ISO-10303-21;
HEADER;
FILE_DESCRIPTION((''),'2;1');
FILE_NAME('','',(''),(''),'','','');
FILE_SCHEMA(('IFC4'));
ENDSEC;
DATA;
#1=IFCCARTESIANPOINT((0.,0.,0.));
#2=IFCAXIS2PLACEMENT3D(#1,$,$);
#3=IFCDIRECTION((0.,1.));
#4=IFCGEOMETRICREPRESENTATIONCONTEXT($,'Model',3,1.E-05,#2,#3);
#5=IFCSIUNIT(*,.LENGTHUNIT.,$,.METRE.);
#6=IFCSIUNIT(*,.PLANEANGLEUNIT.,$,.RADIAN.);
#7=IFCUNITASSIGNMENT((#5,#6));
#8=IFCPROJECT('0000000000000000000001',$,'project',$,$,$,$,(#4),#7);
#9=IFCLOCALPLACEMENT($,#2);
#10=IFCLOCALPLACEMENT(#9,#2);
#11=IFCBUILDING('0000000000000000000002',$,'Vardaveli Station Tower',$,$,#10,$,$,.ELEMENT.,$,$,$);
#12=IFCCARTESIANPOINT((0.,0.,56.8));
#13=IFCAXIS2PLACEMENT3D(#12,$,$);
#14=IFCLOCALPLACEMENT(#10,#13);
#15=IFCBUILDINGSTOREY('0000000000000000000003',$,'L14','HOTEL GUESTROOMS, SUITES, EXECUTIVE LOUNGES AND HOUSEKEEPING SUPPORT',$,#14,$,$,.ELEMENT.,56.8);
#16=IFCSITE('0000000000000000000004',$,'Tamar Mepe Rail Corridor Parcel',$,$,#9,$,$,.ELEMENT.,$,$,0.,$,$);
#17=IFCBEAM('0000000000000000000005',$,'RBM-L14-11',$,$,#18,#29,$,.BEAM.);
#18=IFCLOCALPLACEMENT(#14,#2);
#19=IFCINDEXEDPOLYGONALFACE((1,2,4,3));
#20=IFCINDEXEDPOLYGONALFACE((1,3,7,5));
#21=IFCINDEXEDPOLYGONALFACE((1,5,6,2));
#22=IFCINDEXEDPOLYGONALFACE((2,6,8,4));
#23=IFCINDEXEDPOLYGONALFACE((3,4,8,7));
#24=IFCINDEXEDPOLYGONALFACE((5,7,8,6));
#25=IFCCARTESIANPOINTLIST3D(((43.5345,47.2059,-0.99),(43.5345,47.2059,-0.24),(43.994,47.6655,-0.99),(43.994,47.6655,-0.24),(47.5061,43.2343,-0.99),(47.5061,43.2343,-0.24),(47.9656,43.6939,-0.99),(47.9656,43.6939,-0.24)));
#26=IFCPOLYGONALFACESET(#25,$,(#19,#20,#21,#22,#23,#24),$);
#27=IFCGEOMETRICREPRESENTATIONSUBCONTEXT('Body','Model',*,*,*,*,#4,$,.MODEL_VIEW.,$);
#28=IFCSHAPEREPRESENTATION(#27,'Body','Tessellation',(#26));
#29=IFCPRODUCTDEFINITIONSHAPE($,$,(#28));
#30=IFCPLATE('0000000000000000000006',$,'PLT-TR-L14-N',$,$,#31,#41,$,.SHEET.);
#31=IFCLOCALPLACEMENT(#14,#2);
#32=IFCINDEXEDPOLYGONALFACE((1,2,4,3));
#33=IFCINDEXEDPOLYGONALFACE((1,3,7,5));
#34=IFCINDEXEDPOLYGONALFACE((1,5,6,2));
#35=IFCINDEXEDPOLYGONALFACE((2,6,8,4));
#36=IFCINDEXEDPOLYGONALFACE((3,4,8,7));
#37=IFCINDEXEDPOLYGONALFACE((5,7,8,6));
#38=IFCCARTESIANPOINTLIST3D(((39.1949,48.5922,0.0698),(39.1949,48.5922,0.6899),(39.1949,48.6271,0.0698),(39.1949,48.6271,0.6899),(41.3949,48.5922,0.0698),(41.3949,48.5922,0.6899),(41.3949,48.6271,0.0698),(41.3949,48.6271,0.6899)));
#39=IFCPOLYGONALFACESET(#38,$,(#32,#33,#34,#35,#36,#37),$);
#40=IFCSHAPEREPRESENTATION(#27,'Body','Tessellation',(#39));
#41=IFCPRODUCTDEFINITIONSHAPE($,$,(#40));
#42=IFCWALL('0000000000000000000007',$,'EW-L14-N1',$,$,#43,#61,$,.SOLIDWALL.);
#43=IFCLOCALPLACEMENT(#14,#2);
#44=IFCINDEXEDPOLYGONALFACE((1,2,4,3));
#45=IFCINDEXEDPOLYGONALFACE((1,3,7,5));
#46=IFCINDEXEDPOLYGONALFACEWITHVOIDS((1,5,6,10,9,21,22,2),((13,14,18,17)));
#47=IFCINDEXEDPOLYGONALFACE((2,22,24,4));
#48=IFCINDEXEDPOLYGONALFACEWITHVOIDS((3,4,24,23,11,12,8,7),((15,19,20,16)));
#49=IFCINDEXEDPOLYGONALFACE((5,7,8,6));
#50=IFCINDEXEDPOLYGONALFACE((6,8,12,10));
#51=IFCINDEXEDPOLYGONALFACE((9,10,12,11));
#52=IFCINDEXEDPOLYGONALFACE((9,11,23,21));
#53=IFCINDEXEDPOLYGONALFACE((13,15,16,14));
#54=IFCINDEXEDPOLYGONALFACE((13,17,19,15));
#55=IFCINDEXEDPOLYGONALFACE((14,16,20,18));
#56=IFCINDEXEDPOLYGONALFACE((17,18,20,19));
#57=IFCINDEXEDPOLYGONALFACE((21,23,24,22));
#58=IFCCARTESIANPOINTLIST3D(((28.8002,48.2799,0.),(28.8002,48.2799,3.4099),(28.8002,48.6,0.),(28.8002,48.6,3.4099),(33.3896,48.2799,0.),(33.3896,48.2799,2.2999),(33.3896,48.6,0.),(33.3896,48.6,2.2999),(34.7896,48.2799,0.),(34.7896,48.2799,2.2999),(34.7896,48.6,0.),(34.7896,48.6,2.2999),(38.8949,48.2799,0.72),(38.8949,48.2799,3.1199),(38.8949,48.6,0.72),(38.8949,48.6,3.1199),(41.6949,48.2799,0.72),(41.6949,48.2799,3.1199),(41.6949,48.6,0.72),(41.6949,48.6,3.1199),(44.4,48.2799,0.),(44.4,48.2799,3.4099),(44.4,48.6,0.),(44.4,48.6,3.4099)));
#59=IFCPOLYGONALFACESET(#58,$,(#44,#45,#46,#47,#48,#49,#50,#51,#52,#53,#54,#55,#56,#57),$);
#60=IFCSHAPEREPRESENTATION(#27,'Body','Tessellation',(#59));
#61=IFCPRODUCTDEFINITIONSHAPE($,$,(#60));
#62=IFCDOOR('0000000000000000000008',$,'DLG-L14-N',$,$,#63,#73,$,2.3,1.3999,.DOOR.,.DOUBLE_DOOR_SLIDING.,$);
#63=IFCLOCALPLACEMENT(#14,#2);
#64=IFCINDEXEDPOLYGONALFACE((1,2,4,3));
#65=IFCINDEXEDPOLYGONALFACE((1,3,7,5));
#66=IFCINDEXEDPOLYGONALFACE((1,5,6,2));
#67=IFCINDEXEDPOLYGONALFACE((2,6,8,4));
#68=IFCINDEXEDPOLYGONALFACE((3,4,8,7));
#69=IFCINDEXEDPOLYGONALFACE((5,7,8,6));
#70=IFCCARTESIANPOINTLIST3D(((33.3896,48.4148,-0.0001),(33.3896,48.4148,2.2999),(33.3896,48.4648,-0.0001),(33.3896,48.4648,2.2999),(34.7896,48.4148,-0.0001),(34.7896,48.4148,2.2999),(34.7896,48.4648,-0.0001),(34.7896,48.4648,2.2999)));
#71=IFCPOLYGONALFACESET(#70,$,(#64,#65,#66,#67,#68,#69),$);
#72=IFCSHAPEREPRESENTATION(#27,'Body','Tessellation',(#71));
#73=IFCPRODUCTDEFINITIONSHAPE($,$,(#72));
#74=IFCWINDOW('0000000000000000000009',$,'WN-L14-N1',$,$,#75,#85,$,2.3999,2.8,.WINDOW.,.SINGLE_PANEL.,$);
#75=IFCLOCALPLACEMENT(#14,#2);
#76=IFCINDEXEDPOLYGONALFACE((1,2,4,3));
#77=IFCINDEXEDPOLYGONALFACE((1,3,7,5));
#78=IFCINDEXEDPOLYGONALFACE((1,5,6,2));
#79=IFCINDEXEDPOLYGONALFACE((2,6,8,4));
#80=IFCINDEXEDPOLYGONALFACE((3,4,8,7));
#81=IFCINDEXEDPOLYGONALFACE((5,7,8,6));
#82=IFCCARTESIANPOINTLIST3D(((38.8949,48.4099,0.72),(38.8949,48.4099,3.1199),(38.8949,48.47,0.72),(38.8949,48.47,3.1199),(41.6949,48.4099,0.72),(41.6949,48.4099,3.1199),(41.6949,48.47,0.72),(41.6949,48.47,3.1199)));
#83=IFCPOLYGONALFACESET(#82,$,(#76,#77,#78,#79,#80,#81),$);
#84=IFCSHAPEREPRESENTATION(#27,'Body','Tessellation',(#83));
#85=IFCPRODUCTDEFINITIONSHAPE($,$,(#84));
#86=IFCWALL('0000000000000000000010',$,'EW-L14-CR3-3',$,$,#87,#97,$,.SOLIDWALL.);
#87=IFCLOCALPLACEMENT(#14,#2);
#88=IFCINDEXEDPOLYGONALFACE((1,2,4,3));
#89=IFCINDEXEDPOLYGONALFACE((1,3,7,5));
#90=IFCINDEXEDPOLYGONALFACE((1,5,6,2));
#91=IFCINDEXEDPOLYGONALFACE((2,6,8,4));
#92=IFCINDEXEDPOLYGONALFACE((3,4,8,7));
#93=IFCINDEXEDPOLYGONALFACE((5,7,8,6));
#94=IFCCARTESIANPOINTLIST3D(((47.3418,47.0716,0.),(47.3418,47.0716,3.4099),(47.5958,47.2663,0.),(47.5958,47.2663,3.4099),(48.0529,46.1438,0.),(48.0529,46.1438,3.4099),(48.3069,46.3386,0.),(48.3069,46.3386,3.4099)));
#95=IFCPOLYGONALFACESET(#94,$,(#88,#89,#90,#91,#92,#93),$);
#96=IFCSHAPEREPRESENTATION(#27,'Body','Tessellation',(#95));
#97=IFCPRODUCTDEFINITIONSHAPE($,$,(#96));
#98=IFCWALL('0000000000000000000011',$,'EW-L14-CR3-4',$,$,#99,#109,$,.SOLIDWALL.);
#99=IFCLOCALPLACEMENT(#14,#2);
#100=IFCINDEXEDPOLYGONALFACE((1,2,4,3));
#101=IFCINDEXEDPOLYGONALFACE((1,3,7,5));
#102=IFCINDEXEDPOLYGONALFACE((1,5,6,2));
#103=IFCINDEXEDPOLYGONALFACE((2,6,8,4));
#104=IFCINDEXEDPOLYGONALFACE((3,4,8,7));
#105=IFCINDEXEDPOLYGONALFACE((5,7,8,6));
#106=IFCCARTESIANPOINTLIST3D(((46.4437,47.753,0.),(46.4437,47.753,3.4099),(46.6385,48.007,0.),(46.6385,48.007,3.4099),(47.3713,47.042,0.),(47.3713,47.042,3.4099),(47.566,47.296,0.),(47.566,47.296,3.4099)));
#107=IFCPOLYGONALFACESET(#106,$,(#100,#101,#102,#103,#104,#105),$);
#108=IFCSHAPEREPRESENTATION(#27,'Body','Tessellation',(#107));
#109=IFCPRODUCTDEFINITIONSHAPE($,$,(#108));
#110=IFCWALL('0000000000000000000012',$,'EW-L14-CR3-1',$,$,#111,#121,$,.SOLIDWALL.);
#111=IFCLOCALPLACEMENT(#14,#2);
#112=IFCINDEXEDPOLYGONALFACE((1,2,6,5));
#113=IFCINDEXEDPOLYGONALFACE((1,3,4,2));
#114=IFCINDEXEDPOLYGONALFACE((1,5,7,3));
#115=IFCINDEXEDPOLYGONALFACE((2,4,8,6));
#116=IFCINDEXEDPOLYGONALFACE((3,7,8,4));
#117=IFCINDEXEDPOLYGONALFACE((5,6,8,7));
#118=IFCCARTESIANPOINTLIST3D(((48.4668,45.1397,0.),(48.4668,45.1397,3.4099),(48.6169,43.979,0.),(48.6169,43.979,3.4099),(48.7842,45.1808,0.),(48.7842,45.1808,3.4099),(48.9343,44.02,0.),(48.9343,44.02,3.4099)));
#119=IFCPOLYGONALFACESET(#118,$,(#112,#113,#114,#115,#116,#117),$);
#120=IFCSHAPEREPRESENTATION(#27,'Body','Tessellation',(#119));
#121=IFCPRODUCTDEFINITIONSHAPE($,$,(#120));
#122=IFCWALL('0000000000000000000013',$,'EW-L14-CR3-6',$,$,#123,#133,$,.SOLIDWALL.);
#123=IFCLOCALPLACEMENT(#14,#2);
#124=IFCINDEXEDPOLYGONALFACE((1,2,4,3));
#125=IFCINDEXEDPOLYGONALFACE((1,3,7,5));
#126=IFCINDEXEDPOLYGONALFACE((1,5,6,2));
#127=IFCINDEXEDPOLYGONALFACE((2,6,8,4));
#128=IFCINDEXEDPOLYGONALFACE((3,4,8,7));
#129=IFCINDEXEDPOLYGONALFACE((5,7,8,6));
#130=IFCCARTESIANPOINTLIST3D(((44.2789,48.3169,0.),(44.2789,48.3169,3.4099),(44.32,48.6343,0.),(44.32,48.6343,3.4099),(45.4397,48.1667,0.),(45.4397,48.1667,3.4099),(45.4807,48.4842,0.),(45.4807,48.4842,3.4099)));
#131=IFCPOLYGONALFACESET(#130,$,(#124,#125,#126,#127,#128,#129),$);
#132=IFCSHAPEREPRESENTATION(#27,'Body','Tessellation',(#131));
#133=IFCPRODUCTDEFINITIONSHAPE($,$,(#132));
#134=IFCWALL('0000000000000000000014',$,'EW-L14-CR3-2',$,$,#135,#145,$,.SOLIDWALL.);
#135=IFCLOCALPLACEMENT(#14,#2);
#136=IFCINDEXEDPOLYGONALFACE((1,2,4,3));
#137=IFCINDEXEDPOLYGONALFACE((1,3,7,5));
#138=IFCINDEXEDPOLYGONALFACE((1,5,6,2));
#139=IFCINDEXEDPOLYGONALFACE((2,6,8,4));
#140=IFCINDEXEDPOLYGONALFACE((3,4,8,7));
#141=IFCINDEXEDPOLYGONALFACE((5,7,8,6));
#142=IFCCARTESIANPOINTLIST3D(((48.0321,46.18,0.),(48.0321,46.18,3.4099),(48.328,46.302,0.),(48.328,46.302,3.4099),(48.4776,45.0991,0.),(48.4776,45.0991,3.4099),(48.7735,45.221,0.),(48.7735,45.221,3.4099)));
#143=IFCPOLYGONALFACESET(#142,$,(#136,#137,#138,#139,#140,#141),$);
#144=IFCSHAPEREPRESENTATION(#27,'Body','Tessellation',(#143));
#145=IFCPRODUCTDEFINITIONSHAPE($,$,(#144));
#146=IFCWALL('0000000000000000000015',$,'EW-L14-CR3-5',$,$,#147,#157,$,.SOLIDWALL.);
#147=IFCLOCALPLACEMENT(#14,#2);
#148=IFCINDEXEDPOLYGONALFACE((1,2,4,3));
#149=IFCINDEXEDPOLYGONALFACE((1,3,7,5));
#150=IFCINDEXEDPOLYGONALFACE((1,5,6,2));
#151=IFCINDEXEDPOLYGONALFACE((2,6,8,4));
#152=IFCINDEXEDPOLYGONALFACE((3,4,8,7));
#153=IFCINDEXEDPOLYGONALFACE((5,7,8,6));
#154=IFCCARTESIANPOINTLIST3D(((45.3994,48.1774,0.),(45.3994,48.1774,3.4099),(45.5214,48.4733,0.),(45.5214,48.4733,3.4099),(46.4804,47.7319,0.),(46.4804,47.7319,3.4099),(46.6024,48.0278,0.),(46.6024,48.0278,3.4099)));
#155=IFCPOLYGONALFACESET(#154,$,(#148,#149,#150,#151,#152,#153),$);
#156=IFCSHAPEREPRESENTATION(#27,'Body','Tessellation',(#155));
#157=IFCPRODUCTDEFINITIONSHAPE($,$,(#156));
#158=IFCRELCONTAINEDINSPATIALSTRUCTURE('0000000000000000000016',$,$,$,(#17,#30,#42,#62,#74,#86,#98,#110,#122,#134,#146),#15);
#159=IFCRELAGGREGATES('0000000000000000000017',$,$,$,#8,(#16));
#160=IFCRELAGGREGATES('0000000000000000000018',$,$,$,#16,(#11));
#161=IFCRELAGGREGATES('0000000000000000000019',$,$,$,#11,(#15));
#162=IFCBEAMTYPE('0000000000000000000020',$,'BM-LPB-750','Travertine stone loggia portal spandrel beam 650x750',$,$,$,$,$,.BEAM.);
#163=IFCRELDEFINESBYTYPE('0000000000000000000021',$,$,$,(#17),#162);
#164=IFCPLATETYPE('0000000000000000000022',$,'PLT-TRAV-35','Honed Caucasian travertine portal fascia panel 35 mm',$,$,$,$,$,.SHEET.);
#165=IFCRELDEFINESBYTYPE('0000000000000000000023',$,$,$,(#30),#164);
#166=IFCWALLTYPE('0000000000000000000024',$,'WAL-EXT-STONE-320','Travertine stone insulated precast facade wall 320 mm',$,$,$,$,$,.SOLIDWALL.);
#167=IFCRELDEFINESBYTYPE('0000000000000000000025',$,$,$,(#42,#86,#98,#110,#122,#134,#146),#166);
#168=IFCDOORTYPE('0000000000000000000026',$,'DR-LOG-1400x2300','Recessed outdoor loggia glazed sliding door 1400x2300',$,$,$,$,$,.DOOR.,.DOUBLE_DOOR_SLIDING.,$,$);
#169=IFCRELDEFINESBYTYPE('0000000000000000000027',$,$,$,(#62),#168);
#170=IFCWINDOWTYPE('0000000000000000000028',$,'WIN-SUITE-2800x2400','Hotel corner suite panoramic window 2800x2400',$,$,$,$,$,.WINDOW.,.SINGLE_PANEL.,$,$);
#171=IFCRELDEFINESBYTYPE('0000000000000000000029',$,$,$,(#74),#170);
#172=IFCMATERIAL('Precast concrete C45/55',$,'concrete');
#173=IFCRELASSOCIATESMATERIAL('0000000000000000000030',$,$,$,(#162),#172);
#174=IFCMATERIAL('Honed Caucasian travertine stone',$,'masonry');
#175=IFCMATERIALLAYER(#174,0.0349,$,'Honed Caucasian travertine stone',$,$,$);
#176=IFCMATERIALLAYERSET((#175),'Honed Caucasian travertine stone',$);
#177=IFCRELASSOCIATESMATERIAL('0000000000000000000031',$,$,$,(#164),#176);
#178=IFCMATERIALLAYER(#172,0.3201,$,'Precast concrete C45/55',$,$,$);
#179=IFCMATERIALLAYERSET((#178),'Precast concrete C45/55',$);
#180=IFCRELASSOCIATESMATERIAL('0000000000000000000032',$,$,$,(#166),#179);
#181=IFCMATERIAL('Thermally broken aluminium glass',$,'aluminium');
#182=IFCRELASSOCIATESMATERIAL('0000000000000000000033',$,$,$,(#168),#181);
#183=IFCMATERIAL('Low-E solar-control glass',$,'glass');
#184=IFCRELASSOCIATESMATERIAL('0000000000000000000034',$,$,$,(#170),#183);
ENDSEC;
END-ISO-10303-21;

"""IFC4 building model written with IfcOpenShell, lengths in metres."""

from ifc_helpers import new_model, si_unit, direction, frame, frame_2d, origin, origin_2d, place, context, subcontext, project, spatial, rectangle, extrude, source, transform, mapped, material, layer, layer_set, material_profile, profile_set, type_object, element, fill, save


model = new_model("IFC4")

# Units and contexts
model_context = context("Model", 3, precision=1e-05, world=origin(), true_north=direction((0.0, 1.0)))
body_context = subcontext(model_context, "Body", "Model", "MODEL_VIEW")
ifc_project = project(units=[si_unit("LENGTHUNIT", "METRE"), si_unit("PLANEANGLEUNIT", "RADIAN")], contexts=[model_context])

# Site, building, storey
site_placement = place(None, origin())
site = spatial("IfcSite", under=ifc_project, at=site_placement, Name="Tamar Mepe Rail Corridor Parcel", CompositionType="ELEMENT", RefElevation=0.0)
building_placement = place(site_placement, origin())
building = spatial("IfcBuilding", under=site, at=building_placement, Name="Vardaveli Station Tower", CompositionType="ELEMENT")
storey_placement = place(building_placement, frame((0.0, 0.0, 56.8)))
storey = spatial("IfcBuildingStorey", under=building, at=storey_placement, Name="L14", Description="HOTEL GUESTROOMS, SUITES, EXECUTIVE LOUNGES AND HOUSEKEEPING SUPPORT", CompositionType="ELEMENT", Elevation=56.8)

# Beam
ifc_material_1 = material(Name="Precast concrete C45/55", Category="concrete")
ifc_material_profile_1 = material_profile(ifc_material_1, rectangle(XDim=0.6499, YDim=0.75, at=origin_2d()), Name="LPB 650x750")
ifc_profile_set_1 = profile_set([ifc_material_profile_1], Name="Precast concrete C45/55")
beam_type = type_object("IfcBeamType", Name="BM-LPB-750", Description="Travertine stone loggia portal spandrel beam 650x750", PredefinedType="BEAM", material=ifc_profile_set_1)
shared_shape_1 = source(origin(), body_context, "Body", "SweptSolid", [
    extrude(rectangle(XDim=0.6499, YDim=0.75, at=origin_2d()), origin(), (0.0, 0.0, 1.0), 5.6167),
])
beam_placement = place(storey_placement, frame((47.7358, 43.4641, -0.615), z_axis=(-0.707107, 0.707107, 0.0), x_axis=(-0.707107, -0.707107, 0.0)))
element("IfcBeam", 1, at=beam_placement, inside=storey, type_object=beam_type, Name="RBM-L14-11", PredefinedType="BEAM", context=body_context, shape_type="MappedRepresentation", body=[
    mapped(shared_shape_1, transform((0.0, 0.0, 0.0), scale=1.0)),
])

# Plate
ifc_material_2 = material(Name="Honed Caucasian travertine stone", Category="masonry")
ifc_layer_1 = layer(ifc_material_2, 0.0349, Name="Honed Caucasian travertine stone")
ifc_layer_set_1 = layer_set([ifc_layer_1], Name="Honed Caucasian travertine stone")
plate_type = type_object("IfcPlateType", Name="PLT-TRAV-35", Description="Honed Caucasian travertine portal fascia panel 35 mm", PredefinedType="SHEET", material=ifc_layer_set_1)
shared_shape_2 = source(origin(), body_context, "Body", "SweptSolid", [
    extrude(rectangle(XDim=2.2, YDim=0.0349, at=origin_2d()), origin(), (0.0, 0.0, 1.0), 0.6201),
])
plate_placement = place(storey_placement, frame((40.2949, 48.6096, 0.0698), z_axis=(0.0, 0.0, 1.0), x_axis=(1.0, 0.0, 0.0)))
element("IfcPlate", 2, at=plate_placement, inside=storey, type_object=plate_type, Name="PLT-TR-L14-N", PredefinedType="SHEET", context=body_context, shape_type="MappedRepresentation", body=[
    mapped(shared_shape_2, transform((0.0, 0.0, 0.0), scale=1.0)),
])

# Wall, openings, door, window
ifc_layer_2 = layer(ifc_material_1, 0.3201, Name="Precast concrete C45/55")
ifc_layer_set_2 = layer_set([ifc_layer_2], Name="Precast concrete C45/55")
wall_type_1 = type_object("IfcWallType", Name="WAL-EXT-STONE-320", Description="Travertine stone insulated precast facade wall 320 mm", PredefinedType="SOLIDWALL", material=ifc_layer_set_2)
shared_shape_3 = source(origin(), body_context, "Body", "SweptSolid", [
    extrude(rectangle(XDim=15.5999, YDim=0.3201, at=frame_2d((7.7998, 0.0))), origin(), (0.0, 0.0, 1.0), 3.4099),
])
wall_1_placement = place(storey_placement, frame((44.3999, 48.4399, 0.0), z_axis=(0.0, 0.0, 1.0), x_axis=(-1.0, 0.0, 0.0)))
wall_1 = element("IfcWall", 3, at=wall_1_placement, inside=storey, type_object=wall_type_1, Name="EW-L14-N1", PredefinedType="SOLIDWALL", context=body_context, shape_type="MappedRepresentation", body=[
    mapped(shared_shape_3, transform((0.0, 0.0, 0.0), scale=1.0)),
])
shared_shape_4 = source(origin(), body_context, "Body", "SweptSolid", [
    extrude(rectangle(XDim=1.3999, YDim=2.3, at=frame_2d((0.7, 1.1499))), frame((0.0, 0.1699, 0.0), z_axis=(0.0, -1.0, 0.0), x_axis=(1.0, 0.0, 0.0)), (0.0, 0.0, 1.0), 0.3401),
])
opening_1_placement = place(wall_1_placement, frame((9.6104, 0.0, 0.0)))
opening_1 = element("IfcOpeningElement", 4, at=opening_1_placement, cuts=wall_1, PredefinedType="OPENING", context=body_context, shape_type="MappedRepresentation", body=[
    mapped(shared_shape_4, transform((0.0, 0.0, 0.0), scale=1.0)),
])
shared_shape_5 = source(origin(), body_context, "Body", "SweptSolid", [
    extrude(rectangle(XDim=2.8, YDim=2.3999, at=frame_2d((1.3999, 1.2))), frame((0.0, 0.1699, 0.0), z_axis=(0.0, -1.0, 0.0), x_axis=(1.0, 0.0, 0.0)), (0.0, 0.0, 1.0), 0.3401),
])
opening_2_placement = place(wall_1_placement, frame((2.7051, 0.0, 0.72)))
opening_2 = element("IfcOpeningElement", 5, at=opening_2_placement, cuts=wall_1, PredefinedType="OPENING", context=body_context, shape_type="MappedRepresentation", body=[
    mapped(shared_shape_5, transform((0.0, 0.0, 0.0), scale=1.0)),
])
ifc_material_3 = material(Name="Thermally broken aluminium glass", Category="aluminium")
door_type = type_object("IfcDoorType", Name="DR-LOG-1400x2300", Description="Recessed outdoor loggia glazed sliding door 1400x2300", OperationType="DOUBLE_DOOR_SLIDING", PredefinedType="DOOR", material=ifc_material_3)
shared_shape_6 = source(origin(), body_context, "Body", "SweptSolid", [
    extrude(rectangle(XDim=1.3999, YDim=2.3, at=frame_2d((0.7, 1.1499))), frame((0.0, 0.0249, 0.0), z_axis=(0.0, -1.0, 0.0), x_axis=(1.0, 0.0, 0.0)), (0.0, 0.0, 1.0), 0.05),
])
door_placement = place(opening_1_placement, frame((1.3999, 0.0, 0.0), z_axis=(0.0, 0.0, 1.0), x_axis=(-1.0, 0.0, 0.0)))
door = element("IfcDoor", 6, at=door_placement, inside=storey, type_object=door_type, Name="DLG-L14-N", OperationType="DOUBLE_DOOR_SLIDING", OverallHeight=2.3, OverallWidth=1.3999, PredefinedType="DOOR", context=body_context, shape_type="MappedRepresentation", body=[
    mapped(shared_shape_6, transform((0.0, 0.0, 0.0), scale=1.0)),
])
fill(opening_1, door)
ifc_material_4 = material(Name="Low-E solar-control glass", Category="glass")
window_type = type_object("IfcWindowType", Name="WIN-SUITE-2800x2400", Description="Hotel corner suite panoramic window 2800x2400", PartitioningType="SINGLE_PANEL", PredefinedType="WINDOW", material=ifc_material_4)
shared_shape_7 = source(origin(), body_context, "Body", "SweptSolid", [
    extrude(rectangle(XDim=2.8, YDim=2.3999, at=frame_2d((1.3999, 1.2))), frame((0.0, 0.03, 0.0), z_axis=(0.0, -1.0, 0.0), x_axis=(1.0, 0.0, 0.0)), (0.0, 0.0, 1.0), 0.0601),
])
window_placement = place(opening_2_placement, origin())
window = element("IfcWindow", 7, at=window_placement, inside=storey, type_object=window_type, Name="WN-L14-N1", OverallHeight=2.3999, OverallWidth=2.8, PartitioningType="SINGLE_PANEL", PredefinedType="WINDOW", context=body_context, shape_type="MappedRepresentation", body=[
    mapped(shared_shape_7, transform((0.0, 0.0, 0.0), scale=1.0)),
])
fill(opening_2, window)

# Walls
shared_shape_8 = source(origin(), body_context, "Body", "SweptSolid", [
    extrude(rectangle(XDim=1.1689, YDim=0.3201, at=frame_2d((0.5845, 0.0))), origin(), (0.0, 0.0, 1.0), 3.4099),
])
wall_2_placement = place(storey_placement, frame((48.1799, 46.2412, 0.0), z_axis=(0.0, 0.0, 1.0), x_axis=(-0.608388, 0.79364, 0.0)))
element("IfcWall", 8, at=wall_2_placement, inside=storey, type_object=wall_type_1, Name="EW-L14-CR3-3", PredefinedType="SOLIDWALL", context=body_context, shape_type="MappedRepresentation", body=[
    mapped(shared_shape_8, transform((0.0, 0.0, 0.0), scale=1.0)),
])
shared_shape_9 = source(origin(), body_context, "Body", "SweptSolid", [
    extrude(rectangle(XDim=1.1687, YDim=0.3201, at=frame_2d((0.5845, 0.0))), origin(), (0.0, 0.0, 1.0), 3.4099),
])
wall_3_placement = place(storey_placement, frame((47.4688, 47.1689, 0.0), z_axis=(0.0, 0.0, 1.0), x_axis=(-0.793664, 0.608357, 0.0)))
element("IfcWall", 9, at=wall_3_placement, inside=storey, type_object=wall_type_1, Name="EW-L14-CR3-4", PredefinedType="SOLIDWALL", context=body_context, shape_type="MappedRepresentation", body=[
    mapped(shared_shape_9, transform((0.0, 0.0, 0.0), scale=1.0)),
])
shared_shape_10 = source(origin(), body_context, "Body", "SweptSolid", [
    extrude(rectangle(XDim=1.1704, YDim=0.3201, at=frame_2d((0.5852, 0.0))), origin(), (0.0, 0.0, 1.0), 3.4099),
])
for number, where, z_axis, x_axis, name in (
    (10, (48.7756, 43.9995, 0.0), (0.0, 0.0, 1.0), (-0.128296, 0.991736, 0.0), "EW-L14-CR3-1"),
    (11, (45.4602, 48.3254, 0.0), (0.0, 0.0, 1.0), (-0.991736, 0.128296, 0.0), "EW-L14-CR3-6"),
):
    element("IfcWall", number, at=place(storey_placement, frame(where, z_axis=z_axis, x_axis=x_axis)), inside=storey, type_object=wall_type_1, Name=name, PredefinedType="SOLIDWALL", context=body_context, shape_type="MappedRepresentation", body=[
        mapped(shared_shape_10, transform((0.0, 0.0, 0.0), scale=1.0)),
    ])
shared_shape_11 = source(origin(), body_context, "Body", "SweptSolid", [
    extrude(rectangle(XDim=1.1692, YDim=0.3201, at=frame_2d((0.5845, 0.0))), origin(), (0.0, 0.0, 1.0), 3.4099),
])
for number, where, z_axis, x_axis, name in (
    (12, (48.6255, 45.1602, 0.0), (0.0, 0.0, 1.0), (-0.381054, 0.924553, 0.0), "EW-L14-CR3-2"),
    (13, (46.5413, 47.8799, 0.0), (0.0, 0.0, 1.0), (-0.924553, 0.381054, 0.0), "EW-L14-CR3-5"),
):
    element("IfcWall", number, at=place(storey_placement, frame(where, z_axis=z_axis, x_axis=x_axis)), inside=storey, type_object=wall_type_1, Name=name, PredefinedType="SOLIDWALL", context=body_context, shape_type="MappedRepresentation", body=[
        mapped(shared_shape_11, transform((0.0, 0.0, 0.0), scale=1.0)),
    ])

save(model, "model.ifc")
